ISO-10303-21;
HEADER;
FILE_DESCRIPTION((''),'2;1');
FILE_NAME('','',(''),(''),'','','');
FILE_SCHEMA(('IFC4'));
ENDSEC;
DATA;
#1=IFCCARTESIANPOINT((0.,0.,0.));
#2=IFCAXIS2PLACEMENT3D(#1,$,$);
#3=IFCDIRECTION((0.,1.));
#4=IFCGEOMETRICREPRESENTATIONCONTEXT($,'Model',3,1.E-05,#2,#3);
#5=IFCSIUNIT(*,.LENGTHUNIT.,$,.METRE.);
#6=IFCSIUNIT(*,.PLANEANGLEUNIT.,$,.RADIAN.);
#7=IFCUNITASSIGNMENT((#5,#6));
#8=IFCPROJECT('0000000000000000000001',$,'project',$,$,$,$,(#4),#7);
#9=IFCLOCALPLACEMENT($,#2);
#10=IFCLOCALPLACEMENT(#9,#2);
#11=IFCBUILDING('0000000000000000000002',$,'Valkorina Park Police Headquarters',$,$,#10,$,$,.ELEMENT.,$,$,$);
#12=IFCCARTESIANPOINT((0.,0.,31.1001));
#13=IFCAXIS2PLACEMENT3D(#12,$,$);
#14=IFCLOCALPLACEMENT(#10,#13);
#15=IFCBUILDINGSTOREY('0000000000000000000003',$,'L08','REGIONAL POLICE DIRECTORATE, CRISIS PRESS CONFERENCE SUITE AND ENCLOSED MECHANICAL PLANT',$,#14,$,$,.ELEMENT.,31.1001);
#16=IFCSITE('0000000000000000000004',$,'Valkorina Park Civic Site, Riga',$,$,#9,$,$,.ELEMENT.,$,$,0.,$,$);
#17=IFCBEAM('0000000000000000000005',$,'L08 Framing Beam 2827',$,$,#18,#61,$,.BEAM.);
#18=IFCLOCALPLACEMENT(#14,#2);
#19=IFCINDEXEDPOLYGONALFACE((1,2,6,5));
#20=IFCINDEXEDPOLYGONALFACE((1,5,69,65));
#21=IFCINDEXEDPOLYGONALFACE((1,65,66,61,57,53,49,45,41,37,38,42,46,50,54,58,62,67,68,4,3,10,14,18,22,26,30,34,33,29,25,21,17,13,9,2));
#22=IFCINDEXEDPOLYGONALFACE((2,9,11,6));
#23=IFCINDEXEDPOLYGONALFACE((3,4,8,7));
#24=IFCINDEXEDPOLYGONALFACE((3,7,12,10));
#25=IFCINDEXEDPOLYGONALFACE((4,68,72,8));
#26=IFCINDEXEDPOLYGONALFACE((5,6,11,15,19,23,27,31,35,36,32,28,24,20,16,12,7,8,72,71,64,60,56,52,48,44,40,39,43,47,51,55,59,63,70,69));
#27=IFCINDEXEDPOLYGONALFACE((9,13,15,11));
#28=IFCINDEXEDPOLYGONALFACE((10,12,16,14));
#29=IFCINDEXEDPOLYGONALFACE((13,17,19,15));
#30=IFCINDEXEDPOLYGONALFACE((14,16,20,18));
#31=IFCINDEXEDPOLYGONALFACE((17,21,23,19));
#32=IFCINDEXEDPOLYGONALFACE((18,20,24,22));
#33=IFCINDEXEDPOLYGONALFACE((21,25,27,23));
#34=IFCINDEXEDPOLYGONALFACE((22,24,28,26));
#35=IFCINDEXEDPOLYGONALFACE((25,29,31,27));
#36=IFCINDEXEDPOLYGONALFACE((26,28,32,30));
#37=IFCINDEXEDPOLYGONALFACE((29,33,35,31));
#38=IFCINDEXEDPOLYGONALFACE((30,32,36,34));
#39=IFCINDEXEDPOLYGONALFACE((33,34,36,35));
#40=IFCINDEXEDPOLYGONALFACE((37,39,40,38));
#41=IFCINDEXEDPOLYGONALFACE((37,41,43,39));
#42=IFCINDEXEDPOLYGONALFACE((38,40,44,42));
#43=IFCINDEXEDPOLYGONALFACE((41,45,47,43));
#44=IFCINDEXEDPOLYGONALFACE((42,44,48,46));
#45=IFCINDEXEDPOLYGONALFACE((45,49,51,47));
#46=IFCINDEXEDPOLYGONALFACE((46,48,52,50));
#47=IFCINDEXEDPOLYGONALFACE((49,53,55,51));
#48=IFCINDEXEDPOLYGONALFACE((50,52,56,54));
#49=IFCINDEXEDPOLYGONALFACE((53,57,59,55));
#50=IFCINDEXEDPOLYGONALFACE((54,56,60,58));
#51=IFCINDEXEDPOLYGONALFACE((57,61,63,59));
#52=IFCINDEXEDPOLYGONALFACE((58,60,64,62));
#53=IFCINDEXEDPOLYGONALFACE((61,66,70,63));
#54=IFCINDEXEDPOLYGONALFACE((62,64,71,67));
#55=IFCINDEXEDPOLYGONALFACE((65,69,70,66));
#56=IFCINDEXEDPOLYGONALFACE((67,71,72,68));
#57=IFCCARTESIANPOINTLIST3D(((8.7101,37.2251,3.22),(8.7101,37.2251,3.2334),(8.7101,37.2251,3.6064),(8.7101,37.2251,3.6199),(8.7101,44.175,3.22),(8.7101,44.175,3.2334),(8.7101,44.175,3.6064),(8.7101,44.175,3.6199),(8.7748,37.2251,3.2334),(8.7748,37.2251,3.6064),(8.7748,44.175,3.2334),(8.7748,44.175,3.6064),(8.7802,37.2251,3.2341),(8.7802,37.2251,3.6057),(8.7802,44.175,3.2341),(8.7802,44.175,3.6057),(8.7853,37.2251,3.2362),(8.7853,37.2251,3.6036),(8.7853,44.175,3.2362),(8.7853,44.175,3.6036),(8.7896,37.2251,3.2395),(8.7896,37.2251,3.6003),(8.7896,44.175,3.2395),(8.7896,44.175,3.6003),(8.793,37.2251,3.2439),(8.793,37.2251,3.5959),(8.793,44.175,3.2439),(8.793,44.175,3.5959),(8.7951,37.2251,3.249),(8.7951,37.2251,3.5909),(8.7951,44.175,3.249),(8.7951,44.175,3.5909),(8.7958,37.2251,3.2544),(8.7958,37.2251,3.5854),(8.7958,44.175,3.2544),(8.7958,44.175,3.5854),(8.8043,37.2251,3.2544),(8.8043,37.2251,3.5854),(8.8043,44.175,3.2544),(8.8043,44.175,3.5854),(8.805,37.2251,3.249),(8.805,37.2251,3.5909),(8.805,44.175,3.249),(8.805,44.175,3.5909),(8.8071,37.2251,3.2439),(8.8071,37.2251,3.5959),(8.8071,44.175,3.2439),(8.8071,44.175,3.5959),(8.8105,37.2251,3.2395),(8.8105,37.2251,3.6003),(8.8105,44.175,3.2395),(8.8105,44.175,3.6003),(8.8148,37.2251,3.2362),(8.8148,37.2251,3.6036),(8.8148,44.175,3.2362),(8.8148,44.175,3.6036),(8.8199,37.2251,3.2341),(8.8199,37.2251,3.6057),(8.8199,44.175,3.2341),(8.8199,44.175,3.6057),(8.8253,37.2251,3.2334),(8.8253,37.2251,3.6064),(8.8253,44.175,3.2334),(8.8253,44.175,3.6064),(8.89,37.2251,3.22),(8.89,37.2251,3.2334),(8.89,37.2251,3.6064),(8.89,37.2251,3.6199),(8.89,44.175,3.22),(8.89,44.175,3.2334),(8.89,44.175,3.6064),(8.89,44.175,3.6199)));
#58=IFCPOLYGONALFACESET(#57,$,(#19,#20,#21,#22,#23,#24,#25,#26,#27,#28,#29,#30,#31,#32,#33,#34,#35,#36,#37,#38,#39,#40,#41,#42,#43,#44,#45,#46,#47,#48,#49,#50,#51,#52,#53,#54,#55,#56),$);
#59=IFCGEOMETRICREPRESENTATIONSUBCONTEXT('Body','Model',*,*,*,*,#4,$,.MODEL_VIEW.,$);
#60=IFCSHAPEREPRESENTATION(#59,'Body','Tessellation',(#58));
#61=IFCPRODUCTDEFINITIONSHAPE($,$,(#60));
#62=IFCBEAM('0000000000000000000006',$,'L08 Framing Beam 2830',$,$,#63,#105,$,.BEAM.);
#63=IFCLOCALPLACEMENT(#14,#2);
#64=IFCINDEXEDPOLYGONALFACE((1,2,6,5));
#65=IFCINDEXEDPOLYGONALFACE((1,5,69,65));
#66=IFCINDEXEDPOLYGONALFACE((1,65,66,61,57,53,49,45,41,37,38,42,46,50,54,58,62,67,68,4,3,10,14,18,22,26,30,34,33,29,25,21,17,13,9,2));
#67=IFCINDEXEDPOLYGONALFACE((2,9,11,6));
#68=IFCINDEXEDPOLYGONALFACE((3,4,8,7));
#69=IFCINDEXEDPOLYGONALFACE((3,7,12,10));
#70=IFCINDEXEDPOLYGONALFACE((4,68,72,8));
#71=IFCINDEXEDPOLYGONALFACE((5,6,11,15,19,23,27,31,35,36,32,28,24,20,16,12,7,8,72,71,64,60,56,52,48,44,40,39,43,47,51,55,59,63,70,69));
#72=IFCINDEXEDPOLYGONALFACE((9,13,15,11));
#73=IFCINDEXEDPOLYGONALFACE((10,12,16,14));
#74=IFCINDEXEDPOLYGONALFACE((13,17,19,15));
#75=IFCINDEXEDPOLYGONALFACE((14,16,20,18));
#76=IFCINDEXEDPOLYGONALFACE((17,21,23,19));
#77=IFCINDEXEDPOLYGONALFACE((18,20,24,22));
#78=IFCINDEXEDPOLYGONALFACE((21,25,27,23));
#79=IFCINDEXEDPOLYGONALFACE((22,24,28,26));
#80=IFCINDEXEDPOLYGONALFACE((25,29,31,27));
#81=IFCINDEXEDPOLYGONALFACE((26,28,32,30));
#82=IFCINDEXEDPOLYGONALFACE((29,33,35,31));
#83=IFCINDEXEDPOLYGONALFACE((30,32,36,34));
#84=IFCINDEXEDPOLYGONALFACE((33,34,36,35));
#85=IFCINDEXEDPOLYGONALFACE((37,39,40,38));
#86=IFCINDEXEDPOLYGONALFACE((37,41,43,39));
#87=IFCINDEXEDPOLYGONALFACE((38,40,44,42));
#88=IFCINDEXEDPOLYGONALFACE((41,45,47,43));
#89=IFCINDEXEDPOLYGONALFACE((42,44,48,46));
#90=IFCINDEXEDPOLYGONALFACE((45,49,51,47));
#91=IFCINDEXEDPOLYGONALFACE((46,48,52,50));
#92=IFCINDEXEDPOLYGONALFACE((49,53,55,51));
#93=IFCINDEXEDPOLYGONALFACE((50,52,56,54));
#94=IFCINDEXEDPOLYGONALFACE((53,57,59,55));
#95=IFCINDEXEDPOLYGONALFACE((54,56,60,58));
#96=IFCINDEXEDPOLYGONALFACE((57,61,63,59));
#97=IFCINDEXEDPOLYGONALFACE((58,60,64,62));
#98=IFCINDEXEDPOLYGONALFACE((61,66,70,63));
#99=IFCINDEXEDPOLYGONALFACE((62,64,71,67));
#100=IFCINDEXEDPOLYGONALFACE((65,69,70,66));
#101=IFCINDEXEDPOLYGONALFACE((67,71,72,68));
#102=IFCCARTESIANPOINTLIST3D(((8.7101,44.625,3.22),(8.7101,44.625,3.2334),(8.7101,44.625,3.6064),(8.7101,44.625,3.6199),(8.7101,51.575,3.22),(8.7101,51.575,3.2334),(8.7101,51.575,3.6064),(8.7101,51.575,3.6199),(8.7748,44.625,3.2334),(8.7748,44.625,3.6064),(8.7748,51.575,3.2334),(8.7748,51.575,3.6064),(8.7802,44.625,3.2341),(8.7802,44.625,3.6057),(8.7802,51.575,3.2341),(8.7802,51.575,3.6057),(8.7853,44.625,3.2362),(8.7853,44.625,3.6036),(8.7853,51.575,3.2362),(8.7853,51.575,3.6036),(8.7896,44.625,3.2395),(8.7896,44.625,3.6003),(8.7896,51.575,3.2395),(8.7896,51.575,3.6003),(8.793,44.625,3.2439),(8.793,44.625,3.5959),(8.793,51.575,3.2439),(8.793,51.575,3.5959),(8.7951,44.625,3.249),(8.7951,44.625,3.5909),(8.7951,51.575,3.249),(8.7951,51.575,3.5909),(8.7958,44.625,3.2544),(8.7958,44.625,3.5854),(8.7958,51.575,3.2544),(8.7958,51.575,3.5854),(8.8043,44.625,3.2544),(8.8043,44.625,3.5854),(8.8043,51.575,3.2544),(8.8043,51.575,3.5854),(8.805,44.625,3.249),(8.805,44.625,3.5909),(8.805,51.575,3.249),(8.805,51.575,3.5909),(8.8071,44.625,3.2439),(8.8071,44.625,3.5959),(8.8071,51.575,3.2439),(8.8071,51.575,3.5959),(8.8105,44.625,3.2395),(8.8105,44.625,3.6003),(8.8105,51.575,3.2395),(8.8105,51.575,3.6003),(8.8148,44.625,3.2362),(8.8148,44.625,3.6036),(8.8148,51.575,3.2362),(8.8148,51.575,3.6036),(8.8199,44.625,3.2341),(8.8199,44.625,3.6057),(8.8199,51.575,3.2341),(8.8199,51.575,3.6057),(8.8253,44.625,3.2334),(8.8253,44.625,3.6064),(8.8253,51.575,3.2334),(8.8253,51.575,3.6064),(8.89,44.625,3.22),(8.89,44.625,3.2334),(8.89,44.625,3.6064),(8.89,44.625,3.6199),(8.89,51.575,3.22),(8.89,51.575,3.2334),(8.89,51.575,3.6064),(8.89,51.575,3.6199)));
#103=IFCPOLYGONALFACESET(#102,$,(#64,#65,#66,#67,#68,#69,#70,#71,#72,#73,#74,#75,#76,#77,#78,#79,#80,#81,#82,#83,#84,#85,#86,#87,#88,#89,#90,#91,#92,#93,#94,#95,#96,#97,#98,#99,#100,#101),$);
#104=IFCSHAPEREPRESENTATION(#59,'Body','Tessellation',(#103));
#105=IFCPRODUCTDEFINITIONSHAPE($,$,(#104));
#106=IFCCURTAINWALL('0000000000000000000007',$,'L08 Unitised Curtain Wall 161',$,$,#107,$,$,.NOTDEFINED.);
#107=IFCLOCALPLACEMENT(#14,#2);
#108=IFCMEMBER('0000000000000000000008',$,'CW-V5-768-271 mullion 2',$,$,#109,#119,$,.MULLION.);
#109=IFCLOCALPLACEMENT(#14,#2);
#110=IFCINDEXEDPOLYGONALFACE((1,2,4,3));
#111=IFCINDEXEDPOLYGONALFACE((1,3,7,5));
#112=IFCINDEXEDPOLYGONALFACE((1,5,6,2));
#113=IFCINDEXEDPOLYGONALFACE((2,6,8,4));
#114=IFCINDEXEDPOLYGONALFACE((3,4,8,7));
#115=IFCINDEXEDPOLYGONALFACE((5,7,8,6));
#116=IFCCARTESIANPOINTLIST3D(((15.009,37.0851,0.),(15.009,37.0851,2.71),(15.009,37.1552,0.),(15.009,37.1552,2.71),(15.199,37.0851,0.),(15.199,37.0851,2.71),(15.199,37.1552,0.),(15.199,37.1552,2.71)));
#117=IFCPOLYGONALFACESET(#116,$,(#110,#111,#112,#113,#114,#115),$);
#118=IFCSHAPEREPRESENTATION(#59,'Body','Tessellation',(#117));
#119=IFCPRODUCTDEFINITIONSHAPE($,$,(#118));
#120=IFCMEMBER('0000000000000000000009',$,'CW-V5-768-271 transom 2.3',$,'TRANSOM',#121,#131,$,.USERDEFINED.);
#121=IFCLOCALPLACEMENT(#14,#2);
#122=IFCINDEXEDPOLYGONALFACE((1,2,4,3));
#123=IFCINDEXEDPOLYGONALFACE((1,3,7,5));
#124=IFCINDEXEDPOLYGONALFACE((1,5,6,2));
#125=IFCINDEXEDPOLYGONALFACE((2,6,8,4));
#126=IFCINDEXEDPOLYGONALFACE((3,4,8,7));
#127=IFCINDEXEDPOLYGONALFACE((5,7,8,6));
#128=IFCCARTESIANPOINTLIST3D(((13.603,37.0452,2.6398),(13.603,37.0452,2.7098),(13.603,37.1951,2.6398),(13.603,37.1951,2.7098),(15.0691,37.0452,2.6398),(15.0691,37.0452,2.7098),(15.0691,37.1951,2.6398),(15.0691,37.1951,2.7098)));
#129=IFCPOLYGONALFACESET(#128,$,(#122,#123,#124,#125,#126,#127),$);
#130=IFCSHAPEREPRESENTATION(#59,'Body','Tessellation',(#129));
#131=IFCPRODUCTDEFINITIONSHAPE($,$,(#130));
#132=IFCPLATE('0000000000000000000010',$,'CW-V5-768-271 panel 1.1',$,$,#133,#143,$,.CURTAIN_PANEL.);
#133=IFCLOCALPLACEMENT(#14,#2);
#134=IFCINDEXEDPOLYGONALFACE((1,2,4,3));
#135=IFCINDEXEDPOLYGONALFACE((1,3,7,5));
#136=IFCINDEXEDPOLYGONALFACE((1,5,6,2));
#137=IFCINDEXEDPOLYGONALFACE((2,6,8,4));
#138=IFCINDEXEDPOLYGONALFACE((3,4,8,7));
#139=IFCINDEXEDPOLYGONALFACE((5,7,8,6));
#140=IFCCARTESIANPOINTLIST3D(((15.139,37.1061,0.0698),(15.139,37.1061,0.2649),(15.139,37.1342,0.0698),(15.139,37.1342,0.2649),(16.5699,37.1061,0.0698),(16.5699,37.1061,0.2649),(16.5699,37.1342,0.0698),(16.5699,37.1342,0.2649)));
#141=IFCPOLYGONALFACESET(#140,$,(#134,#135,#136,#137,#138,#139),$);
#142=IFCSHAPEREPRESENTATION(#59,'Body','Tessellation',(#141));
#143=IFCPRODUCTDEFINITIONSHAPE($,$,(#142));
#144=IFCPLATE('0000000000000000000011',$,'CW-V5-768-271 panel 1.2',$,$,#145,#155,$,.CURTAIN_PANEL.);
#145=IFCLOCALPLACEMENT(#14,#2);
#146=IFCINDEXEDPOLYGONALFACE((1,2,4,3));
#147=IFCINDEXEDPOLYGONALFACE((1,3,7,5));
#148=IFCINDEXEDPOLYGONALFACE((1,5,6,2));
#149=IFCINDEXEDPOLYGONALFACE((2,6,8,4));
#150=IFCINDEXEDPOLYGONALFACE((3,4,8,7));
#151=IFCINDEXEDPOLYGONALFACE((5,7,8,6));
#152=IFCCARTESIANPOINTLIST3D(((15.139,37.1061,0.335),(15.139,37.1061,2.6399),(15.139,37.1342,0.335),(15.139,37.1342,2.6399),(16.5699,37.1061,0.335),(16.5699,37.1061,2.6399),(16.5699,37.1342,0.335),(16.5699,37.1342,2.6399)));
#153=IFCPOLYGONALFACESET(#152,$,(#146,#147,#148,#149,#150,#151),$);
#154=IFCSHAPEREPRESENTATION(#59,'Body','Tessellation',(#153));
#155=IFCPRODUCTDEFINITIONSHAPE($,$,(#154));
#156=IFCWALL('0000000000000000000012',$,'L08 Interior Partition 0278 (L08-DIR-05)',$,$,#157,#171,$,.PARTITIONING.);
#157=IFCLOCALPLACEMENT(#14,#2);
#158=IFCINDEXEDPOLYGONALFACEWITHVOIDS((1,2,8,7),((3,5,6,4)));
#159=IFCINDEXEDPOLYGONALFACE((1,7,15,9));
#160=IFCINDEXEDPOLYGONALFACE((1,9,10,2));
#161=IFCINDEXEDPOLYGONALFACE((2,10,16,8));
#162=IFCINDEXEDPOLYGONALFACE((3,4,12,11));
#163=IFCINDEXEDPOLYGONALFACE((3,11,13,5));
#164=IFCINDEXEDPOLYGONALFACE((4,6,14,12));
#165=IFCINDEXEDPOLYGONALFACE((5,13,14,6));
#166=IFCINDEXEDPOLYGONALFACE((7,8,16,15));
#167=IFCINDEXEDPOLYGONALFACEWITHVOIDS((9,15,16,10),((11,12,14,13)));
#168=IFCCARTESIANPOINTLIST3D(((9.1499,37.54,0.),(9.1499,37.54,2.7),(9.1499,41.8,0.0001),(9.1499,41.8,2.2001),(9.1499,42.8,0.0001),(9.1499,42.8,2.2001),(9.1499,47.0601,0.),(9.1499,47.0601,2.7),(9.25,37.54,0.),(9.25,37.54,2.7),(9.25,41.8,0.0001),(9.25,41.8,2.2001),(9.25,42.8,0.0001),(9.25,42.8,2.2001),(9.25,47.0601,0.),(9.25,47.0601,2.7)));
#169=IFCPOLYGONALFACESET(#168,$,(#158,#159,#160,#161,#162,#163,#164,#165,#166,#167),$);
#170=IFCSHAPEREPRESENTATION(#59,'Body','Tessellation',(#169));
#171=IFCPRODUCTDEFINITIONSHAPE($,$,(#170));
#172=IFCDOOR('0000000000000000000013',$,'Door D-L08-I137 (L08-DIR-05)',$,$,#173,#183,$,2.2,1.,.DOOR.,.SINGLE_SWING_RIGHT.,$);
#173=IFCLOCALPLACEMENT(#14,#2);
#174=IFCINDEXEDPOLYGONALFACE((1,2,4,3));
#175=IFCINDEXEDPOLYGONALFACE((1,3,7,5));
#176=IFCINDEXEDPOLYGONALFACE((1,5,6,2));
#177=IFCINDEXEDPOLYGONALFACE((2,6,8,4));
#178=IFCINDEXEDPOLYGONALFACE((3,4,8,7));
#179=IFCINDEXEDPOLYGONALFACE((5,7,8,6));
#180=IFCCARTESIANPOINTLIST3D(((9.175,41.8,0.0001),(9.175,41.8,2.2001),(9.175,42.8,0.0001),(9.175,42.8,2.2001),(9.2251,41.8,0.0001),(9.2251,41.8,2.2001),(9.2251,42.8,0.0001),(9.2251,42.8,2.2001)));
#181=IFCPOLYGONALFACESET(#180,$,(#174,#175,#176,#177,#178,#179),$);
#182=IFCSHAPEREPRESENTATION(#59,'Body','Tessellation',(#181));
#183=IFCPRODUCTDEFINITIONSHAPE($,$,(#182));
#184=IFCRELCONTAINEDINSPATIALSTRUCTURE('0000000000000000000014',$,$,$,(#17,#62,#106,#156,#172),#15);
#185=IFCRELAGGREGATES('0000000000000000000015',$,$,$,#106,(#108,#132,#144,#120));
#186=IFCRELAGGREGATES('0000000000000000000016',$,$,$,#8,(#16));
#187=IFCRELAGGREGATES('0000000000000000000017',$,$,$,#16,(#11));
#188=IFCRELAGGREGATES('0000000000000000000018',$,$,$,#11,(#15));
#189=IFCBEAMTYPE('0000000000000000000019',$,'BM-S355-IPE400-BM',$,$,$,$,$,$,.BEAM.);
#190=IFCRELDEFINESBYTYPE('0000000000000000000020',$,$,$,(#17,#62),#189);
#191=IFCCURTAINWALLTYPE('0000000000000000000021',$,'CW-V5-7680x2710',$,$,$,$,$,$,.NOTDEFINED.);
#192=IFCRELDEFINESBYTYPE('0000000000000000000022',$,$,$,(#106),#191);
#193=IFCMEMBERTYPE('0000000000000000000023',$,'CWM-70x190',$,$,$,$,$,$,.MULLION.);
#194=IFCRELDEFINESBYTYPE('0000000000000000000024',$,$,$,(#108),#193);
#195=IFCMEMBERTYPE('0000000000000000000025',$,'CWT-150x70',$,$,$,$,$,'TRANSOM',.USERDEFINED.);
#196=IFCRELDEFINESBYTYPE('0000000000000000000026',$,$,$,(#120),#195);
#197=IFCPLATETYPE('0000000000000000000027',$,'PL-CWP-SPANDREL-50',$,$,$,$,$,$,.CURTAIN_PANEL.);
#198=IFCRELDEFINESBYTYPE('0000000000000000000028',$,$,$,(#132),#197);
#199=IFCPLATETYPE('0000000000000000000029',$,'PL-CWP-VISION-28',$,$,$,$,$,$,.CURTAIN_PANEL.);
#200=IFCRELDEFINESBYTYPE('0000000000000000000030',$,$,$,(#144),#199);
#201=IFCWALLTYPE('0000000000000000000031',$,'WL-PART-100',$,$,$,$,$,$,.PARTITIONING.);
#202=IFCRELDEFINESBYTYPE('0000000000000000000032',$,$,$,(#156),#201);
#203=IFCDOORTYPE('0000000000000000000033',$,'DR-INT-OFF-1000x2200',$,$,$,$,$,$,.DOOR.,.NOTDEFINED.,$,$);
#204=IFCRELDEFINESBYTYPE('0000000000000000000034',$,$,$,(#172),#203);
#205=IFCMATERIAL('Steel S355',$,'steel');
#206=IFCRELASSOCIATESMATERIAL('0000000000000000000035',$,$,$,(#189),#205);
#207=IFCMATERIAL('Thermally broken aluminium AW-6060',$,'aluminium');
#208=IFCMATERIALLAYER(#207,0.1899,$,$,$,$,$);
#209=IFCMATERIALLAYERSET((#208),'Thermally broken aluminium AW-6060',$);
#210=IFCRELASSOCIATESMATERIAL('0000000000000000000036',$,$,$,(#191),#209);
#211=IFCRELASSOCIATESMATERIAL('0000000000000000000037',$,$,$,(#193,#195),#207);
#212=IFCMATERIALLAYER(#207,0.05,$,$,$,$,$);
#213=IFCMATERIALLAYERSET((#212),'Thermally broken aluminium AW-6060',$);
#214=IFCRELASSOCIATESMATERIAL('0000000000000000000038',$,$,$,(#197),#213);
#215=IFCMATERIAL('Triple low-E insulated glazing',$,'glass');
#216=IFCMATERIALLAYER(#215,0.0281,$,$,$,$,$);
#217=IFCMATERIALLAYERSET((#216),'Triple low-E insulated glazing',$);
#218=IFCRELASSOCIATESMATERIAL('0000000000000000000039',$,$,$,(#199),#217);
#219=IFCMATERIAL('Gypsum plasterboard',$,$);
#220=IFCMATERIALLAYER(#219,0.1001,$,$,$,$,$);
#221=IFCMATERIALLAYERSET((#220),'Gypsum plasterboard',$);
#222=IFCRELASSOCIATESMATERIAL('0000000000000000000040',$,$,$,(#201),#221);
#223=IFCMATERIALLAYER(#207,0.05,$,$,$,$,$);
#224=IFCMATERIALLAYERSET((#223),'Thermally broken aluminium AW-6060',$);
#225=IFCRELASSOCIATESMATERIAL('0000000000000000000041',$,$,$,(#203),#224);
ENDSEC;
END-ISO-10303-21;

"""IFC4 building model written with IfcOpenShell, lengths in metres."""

from ifc_helpers import new_model, si_unit, direction, frame, frame_2d, origin, origin_2d, place, context, subcontext, project, spatial, rectangle, i_section, extrude, material, layer, layer_set, material_profile, profile_set, type_object, element, fill, aggregate, save


model = new_model("IFC4")

# Units and contexts
model_context = context("Model", 3, precision=1e-05, world=origin(), true_north=direction((0.0, 1.0)))
body_context = subcontext(model_context, "Body", "Model", "MODEL_VIEW")
ifc_project = project(units=[si_unit("LENGTHUNIT", "METRE"), si_unit("PLANEANGLEUNIT", "RADIAN")], contexts=[model_context])

# Site, building, storey
site_placement = place(None, origin())
site = spatial("IfcSite", under=ifc_project, at=site_placement, Name="Valkorina Park Civic Site, Riga", CompositionType="ELEMENT", RefElevation=0.0)
building_placement = place(site_placement, origin())
building = spatial("IfcBuilding", under=site, at=building_placement, Name="Valkorina Park Police Headquarters", CompositionType="ELEMENT")
storey_placement = place(building_placement, frame((0.0, 0.0, 31.1001)))
storey = spatial("IfcBuildingStorey", under=building, at=storey_placement, Name="L08", Description="REGIONAL POLICE DIRECTORATE, CRISIS PRESS CONFERENCE SUITE AND ENCLOSED MECHANICAL PLANT", CompositionType="ELEMENT", Elevation=31.1001)

# Shared definitions
ifc_material_1 = material(Name="Steel S355", Category="steel")

# Beams
ifc_material_profile_1 = material_profile(ifc_material_1, i_section(OverallWidth=0.1799, OverallDepth=0.3999, WebThickness=0.0085, FlangeThickness=0.0134, FilletRadius=0.021, at=origin_2d()), Name="IPE 400")
ifc_profile_set_1 = profile_set([ifc_material_profile_1], Name="Steel S355")
beam_type_1 = type_object("IfcBeamType", Name="BM-S355-IPE400-BM", PredefinedType="BEAM", material=ifc_profile_set_1)
for number, where, z_axis, x_axis, name in (
    (1, (8.8, 37.2251, 3.4199), (0.0, 1.0, 0.0), (-1.0, 0.0, 0.0), "L08 Framing Beam 2827"),
    (2, (8.8, 44.625, 3.4199), (0.0, 1.0, 0.0), (-1.0, 0.0, 0.0), "L08 Framing Beam 2830"),
):
    element("IfcBeam", number, at=place(storey_placement, frame(where, z_axis=z_axis, x_axis=x_axis)), inside=storey, type_object=beam_type_1, Name=name, PredefinedType="BEAM", context=body_context, shape_type="SweptSolid", body=[
        extrude(i_section(OverallWidth=0.1799, OverallDepth=0.3999, WebThickness=0.0085, FlangeThickness=0.0134, FilletRadius=0.021, at=origin_2d()), origin(), (0.0, 0.0, 1.0), 6.95),
    ])

# Curtain wall, members, plates
ifc_material_2 = material(Name="Thermally broken aluminium AW-6060", Category="aluminium")
ifc_layer_1 = layer(ifc_material_2, 0.1899)
ifc_layer_set_1 = layer_set([ifc_layer_1], Name="Thermally broken aluminium AW-6060")
curtain_wall_type = type_object("IfcCurtainWallType", Name="CW-V5-7680x2710", PredefinedType="NOTDEFINED", material=ifc_layer_set_1)
curtain_wall_placement = place(storey_placement, origin())
curtain_wall = element("IfcCurtainWall", 3, at=curtain_wall_placement, inside=storey, type_object=curtain_wall_type, Name="L08 Unitised Curtain Wall 161", PredefinedType="NOTDEFINED")
ifc_material_profile_2 = material_profile(ifc_material_2, rectangle(XDim=0.0701, YDim=0.1899, at=origin_2d()), Name="CWM-02 70x190")
ifc_profile_set_2 = profile_set([ifc_material_profile_2], Name="Thermally broken aluminium AW-6060")
member_type_1 = type_object("IfcMemberType", Name="CWM-70x190", PredefinedType="MULLION", material=ifc_profile_set_2)
member_1_placement = place(storey_placement, frame((15.104, 37.1201, 0.0), z_axis=(0.0, 0.0, 1.0), x_axis=(0.0, -1.0, 0.0)))
member_1 = element("IfcMember", 4, at=member_1_placement, type_object=member_type_1, Name="CW-V5-768-271 mullion 2", PredefinedType="MULLION", context=body_context, shape_type="SweptSolid", body=[
    extrude(rectangle(XDim=0.0701, YDim=0.1899, at=origin_2d()), origin(), (0.0, 0.0, 1.0), 2.71),
])
ifc_material_profile_3 = material_profile(ifc_material_2, rectangle(XDim=0.1499, YDim=0.0701, at=origin_2d()), Name="CWT-02 150x70")
ifc_profile_set_3 = profile_set([ifc_material_profile_3], Name="Thermally broken aluminium AW-6060")
member_type_2 = type_object("IfcMemberType", Name="CWT-150x70", ElementType="TRANSOM", PredefinedType="USERDEFINED", material=ifc_profile_set_3)
member_2_placement = place(storey_placement, frame((15.0691, 37.1201, 2.6748), z_axis=(-1.0, 0.0, 0.0), x_axis=(0.0, -1.0, 0.0)))
member_2 = element("IfcMember", 5, at=member_2_placement, type_object=member_type_2, Name="CW-V5-768-271 transom 2.3", ObjectType="TRANSOM", PredefinedType="USERDEFINED", context=body_context, shape_type="SweptSolid", body=[
    extrude(rectangle(XDim=0.1499, YDim=0.0701, at=origin_2d()), origin(), (0.0, 0.0, 1.0), 1.4661),
])
ifc_layer_2 = layer(ifc_material_2, 0.05)
ifc_layer_set_2 = layer_set([ifc_layer_2], Name="Thermally broken aluminium AW-6060")
plate_type_1 = type_object("IfcPlateType", Name="PL-CWP-SPANDREL-50", PredefinedType="CURTAIN_PANEL", material=ifc_layer_set_2)
plate_1_placement = place(storey_placement, frame((15.8545, 37.1201, 0.0698), z_axis=(0.0, 0.0, 1.0), x_axis=(-1.0, 0.0, 0.0)))
plate_1 = element("IfcPlate", 6, at=plate_1_placement, type_object=plate_type_1, Name="CW-V5-768-271 panel 1.1", PredefinedType="CURTAIN_PANEL", context=body_context, shape_type="SweptSolid", body=[
    extrude(rectangle(XDim=1.4309, YDim=0.0281, at=origin_2d()), origin(), (0.0, 0.0, 1.0), 0.1951),
])
ifc_material_3 = material(Name="Triple low-E insulated glazing", Category="glass")
ifc_layer_3 = layer(ifc_material_3, 0.0281)
ifc_layer_set_3 = layer_set([ifc_layer_3], Name="Triple low-E insulated glazing")
plate_type_2 = type_object("IfcPlateType", Name="PL-CWP-VISION-28", PredefinedType="CURTAIN_PANEL", material=ifc_layer_set_3)
plate_2_placement = place(storey_placement, frame((15.8545, 37.1201, 0.335), z_axis=(0.0, 0.0, 1.0), x_axis=(-1.0, 0.0, 0.0)))
plate_2 = element("IfcPlate", 7, at=plate_2_placement, type_object=plate_type_2, Name="CW-V5-768-271 panel 1.2", PredefinedType="CURTAIN_PANEL", context=body_context, shape_type="SweptSolid", body=[
    extrude(rectangle(XDim=1.4309, YDim=0.0281, at=origin_2d()), origin(), (0.0, 0.0, 1.0), 2.3049),
])
aggregate(curtain_wall, [member_1, plate_1, plate_2, member_2])

# Wall, opening, door
ifc_material_4 = material(Name="Gypsum plasterboard")
ifc_layer_4 = layer(ifc_material_4, 0.1001)
ifc_layer_set_4 = layer_set([ifc_layer_4], Name="Gypsum plasterboard")
wall_type_1 = type_object("IfcWallType", Name="WL-PART-100", PredefinedType="PARTITIONING", material=ifc_layer_set_4)
wall_1_placement = place(storey_placement, frame((9.2, 37.54, 0.0), z_axis=(0.0, 0.0, 1.0), x_axis=(0.0, 1.0, 0.0)))
wall_1 = element("IfcWall", 8, at=wall_1_placement, inside=storey, type_object=wall_type_1, Name="L08 Interior Partition 0278 (L08-DIR-05)", PredefinedType="PARTITIONING", context=body_context, shape_type="SweptSolid", body=[
    extrude(rectangle(XDim=9.52, YDim=0.1001, at=frame_2d((4.76, 0.0))), origin(), (0.0, 0.0, 1.0), 2.7),
])
opening_1_placement = place(wall_1_placement, frame((4.26, 0.0, 0.0)))
opening_1 = element("IfcOpeningElement", 9, at=opening_1_placement, cuts=wall_1, PredefinedType="OPENING", context=body_context, shape_type="SweptSolid", body=[
    extrude(rectangle(XDim=1.0, YDim=2.2, at=frame_2d((0.5, 1.1001))), frame((0.0, 0.0601, 0.0), z_axis=(0.0, -1.0, 0.0), x_axis=(1.0, 0.0, 0.0)), (0.0, 0.0, 1.0), 0.1201),
])
ifc_layer_5 = layer(ifc_material_2, 0.05)
ifc_layer_set_5 = layer_set([ifc_layer_5], Name="Thermally broken aluminium AW-6060")
door_type_1 = type_object("IfcDoorType", Name="DR-INT-OFF-1000x2200", OperationType="NOTDEFINED", PredefinedType="DOOR", material=ifc_layer_set_5)
door_1_placement = place(opening_1_placement, origin())
door_1 = element("IfcDoor", 10, at=door_1_placement, inside=storey, type_object=door_type_1, Name="Door D-L08-I137 (L08-DIR-05)", OperationType="SINGLE_SWING_RIGHT", OverallHeight=2.2, OverallWidth=1.0, PredefinedType="DOOR", context=body_context, shape_type="SweptSolid", body=[
    extrude(rectangle(XDim=1.0, YDim=2.2, at=frame_2d((0.5, 1.1001))), frame((0.0, 0.0249, 0.0), z_axis=(0.0, -1.0, 0.0), x_axis=(1.0, 0.0, 0.0)), (0.0, 0.0, 1.0), 0.05),
])
fill(opening_1, door_1)

save(model, "model.ifc")
